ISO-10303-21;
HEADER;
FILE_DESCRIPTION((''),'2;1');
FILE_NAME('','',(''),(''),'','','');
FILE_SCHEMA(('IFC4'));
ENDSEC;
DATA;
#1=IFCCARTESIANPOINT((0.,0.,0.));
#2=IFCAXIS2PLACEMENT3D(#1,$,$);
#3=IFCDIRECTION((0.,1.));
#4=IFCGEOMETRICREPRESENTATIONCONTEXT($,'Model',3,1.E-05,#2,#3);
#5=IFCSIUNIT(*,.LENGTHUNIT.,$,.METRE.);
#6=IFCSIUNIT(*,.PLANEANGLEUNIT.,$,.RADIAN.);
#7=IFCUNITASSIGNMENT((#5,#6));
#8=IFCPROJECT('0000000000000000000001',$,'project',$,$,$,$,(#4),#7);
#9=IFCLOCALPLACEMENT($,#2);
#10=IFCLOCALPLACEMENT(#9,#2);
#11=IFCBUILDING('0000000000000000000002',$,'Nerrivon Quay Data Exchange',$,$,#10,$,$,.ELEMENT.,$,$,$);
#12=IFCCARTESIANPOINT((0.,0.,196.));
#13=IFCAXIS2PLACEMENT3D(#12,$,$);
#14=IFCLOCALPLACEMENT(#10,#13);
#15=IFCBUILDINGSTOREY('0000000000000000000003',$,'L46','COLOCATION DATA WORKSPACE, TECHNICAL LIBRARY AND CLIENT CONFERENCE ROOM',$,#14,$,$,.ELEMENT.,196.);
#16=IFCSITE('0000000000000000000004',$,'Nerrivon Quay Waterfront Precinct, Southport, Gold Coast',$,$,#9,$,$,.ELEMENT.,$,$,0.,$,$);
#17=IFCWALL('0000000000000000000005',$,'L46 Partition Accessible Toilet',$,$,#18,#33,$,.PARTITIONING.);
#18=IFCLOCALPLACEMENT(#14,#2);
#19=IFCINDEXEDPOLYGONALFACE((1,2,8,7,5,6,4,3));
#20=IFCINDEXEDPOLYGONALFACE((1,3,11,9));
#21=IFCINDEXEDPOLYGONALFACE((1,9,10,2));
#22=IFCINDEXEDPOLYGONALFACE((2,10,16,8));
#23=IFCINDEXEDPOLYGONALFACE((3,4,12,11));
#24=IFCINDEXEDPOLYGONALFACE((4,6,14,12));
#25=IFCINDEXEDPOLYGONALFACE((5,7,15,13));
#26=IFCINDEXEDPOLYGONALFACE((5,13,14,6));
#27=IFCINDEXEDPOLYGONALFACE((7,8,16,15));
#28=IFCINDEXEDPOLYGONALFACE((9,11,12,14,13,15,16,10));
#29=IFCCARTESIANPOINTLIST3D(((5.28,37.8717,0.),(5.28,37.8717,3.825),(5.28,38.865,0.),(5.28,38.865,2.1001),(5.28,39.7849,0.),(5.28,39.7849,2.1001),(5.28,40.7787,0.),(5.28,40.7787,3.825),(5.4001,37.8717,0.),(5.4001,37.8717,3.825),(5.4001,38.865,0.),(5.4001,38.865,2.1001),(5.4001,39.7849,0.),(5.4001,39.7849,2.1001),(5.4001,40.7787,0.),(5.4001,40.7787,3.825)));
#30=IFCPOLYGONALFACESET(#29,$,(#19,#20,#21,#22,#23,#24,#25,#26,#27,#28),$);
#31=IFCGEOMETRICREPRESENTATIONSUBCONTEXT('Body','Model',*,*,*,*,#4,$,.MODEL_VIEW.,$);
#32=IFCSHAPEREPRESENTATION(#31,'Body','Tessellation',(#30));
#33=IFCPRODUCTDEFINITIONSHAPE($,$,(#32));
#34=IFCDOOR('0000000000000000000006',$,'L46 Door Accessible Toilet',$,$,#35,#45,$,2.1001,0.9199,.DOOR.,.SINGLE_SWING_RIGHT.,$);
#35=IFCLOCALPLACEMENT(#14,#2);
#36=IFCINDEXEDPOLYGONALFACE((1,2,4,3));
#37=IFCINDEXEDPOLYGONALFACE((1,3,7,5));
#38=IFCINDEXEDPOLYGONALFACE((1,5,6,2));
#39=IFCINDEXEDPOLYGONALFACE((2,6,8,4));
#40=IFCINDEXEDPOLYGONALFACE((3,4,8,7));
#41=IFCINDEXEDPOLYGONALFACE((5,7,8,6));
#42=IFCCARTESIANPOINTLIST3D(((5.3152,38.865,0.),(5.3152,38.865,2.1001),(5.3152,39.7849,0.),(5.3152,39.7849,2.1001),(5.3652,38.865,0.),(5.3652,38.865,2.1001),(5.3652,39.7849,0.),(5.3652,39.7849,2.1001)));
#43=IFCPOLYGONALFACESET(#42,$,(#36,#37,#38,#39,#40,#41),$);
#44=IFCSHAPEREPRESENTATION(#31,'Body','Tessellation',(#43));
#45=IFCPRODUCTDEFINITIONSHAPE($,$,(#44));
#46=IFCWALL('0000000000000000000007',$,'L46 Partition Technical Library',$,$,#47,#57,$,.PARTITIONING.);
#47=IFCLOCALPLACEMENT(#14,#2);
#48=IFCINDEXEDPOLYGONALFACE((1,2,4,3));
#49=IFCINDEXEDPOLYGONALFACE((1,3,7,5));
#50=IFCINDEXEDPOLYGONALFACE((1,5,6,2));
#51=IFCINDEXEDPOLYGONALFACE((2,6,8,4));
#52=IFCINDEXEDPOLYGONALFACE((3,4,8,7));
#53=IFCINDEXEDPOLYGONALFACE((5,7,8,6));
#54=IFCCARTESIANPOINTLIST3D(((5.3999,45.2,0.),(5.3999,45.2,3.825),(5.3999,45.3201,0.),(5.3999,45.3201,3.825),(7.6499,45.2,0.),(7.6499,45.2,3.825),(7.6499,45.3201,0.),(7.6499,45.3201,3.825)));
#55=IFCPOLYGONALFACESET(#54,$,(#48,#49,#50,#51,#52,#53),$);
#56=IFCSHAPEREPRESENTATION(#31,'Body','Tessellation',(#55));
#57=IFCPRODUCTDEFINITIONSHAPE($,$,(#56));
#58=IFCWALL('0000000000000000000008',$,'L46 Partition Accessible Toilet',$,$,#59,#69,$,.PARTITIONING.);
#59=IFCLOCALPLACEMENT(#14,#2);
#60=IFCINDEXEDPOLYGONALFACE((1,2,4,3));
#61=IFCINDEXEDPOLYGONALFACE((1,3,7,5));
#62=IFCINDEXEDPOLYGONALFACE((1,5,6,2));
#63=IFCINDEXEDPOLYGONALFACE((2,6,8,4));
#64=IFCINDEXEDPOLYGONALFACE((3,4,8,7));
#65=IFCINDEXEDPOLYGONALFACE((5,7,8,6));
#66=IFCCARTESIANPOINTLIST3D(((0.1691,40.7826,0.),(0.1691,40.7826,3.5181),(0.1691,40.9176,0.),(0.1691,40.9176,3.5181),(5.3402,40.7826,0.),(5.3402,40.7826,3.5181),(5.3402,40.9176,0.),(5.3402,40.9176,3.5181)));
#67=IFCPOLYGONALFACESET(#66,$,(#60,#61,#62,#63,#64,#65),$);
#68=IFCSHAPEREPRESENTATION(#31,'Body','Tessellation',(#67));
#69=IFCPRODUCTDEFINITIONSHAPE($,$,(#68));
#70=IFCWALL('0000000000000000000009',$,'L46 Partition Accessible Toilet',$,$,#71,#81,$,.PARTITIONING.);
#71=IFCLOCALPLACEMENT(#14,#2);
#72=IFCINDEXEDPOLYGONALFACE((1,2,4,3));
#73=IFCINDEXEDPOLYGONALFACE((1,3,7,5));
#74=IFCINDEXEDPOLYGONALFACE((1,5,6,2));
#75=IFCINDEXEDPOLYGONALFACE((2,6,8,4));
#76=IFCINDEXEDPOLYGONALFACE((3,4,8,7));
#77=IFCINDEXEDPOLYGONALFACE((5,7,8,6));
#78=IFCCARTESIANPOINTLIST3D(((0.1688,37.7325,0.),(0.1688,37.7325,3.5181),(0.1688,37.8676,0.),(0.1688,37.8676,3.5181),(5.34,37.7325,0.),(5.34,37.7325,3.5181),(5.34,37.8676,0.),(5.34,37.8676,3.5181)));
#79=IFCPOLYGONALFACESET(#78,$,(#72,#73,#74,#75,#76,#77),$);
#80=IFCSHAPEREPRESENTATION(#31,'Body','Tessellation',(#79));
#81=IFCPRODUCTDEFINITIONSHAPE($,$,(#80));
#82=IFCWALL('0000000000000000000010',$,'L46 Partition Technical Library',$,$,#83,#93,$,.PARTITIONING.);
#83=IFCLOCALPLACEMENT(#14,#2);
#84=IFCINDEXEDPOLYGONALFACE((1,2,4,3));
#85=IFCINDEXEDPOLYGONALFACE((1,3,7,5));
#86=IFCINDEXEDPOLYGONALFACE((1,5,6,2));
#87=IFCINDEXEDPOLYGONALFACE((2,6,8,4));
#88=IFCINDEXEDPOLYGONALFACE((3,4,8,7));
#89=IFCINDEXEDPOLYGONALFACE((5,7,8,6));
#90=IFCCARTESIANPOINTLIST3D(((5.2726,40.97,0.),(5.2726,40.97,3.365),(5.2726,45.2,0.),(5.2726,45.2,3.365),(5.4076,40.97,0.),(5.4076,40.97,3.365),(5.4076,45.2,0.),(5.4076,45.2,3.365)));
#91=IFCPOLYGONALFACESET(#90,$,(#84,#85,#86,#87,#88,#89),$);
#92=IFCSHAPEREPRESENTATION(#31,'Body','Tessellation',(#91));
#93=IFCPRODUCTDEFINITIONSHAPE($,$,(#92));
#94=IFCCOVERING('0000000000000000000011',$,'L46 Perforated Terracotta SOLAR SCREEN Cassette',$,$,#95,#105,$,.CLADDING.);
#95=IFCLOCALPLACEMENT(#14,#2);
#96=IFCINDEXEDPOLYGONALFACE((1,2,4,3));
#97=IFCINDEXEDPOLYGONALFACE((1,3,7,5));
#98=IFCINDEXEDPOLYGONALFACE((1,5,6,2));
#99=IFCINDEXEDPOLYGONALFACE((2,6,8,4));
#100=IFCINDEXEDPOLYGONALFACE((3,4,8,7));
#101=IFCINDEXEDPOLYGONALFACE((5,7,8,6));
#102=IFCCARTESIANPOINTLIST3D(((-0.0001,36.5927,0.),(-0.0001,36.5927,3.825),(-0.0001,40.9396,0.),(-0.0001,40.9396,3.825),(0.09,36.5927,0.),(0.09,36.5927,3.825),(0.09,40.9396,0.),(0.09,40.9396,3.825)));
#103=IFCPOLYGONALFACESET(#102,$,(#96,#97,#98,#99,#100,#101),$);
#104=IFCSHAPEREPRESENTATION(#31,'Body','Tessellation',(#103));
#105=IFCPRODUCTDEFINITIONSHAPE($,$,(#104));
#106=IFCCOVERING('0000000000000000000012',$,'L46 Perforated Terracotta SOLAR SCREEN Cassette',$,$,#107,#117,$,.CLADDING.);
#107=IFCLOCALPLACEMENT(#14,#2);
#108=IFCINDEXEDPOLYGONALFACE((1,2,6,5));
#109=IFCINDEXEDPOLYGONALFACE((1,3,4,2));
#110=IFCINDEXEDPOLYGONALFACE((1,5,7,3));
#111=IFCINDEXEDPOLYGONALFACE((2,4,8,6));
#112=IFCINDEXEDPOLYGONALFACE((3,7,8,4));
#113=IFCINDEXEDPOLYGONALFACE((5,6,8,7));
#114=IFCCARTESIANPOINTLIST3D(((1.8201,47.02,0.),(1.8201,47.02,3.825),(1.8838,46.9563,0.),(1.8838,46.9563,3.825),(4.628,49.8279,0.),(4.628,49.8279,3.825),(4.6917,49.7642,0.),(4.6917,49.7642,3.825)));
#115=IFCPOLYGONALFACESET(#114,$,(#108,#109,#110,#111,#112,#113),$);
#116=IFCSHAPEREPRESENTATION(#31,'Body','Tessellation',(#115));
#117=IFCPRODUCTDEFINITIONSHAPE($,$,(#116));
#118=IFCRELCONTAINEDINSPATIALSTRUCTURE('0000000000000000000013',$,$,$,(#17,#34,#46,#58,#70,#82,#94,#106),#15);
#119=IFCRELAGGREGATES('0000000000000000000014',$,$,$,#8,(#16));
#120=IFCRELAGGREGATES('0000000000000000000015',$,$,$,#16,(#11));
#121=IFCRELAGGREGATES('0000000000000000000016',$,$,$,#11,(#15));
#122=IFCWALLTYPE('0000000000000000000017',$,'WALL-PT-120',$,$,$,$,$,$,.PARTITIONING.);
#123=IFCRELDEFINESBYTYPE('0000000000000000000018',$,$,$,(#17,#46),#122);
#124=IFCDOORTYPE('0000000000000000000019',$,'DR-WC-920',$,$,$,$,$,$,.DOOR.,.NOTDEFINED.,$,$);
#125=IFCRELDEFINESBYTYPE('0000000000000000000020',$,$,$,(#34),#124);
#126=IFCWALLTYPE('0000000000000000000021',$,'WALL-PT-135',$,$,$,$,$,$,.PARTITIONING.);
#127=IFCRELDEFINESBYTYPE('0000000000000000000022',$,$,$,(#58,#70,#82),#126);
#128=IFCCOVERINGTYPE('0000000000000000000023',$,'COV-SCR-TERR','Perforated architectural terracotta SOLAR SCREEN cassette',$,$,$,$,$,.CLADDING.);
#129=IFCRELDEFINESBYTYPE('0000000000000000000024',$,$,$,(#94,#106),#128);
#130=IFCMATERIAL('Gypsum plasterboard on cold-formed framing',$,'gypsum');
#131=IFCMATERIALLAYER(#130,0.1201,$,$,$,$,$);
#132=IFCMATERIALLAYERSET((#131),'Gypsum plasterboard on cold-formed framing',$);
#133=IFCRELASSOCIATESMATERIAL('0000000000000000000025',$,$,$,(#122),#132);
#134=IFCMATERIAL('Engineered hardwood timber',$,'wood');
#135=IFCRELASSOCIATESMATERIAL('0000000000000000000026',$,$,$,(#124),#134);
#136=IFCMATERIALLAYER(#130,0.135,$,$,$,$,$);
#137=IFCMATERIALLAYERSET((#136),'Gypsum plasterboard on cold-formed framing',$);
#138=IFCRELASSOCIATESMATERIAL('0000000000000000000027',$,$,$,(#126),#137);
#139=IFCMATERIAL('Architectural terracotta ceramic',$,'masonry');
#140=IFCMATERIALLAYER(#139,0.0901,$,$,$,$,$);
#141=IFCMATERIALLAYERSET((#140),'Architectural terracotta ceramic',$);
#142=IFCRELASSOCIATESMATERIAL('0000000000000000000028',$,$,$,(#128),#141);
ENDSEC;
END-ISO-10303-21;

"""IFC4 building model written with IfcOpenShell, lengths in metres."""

from ifc_helpers import new_model, si_unit, direction, frame, frame_2d, origin, origin_2d, place, context, subcontext, project, spatial, rectangle, extrude, material, layer, layer_set, type_object, element, fill, save


model = new_model("IFC4")

# Units and contexts
model_context = context("Model", 3, precision=1e-05, world=origin(), true_north=direction((0.0, 1.0)))
body_context = subcontext(model_context, "Body", "Model", "MODEL_VIEW")
ifc_project = project(units=[si_unit("LENGTHUNIT", "METRE"), si_unit("PLANEANGLEUNIT", "RADIAN")], contexts=[model_context])

# Site, building, storey
site_placement = place(None, origin())
site = spatial("IfcSite", under=ifc_project, at=site_placement, Name="Nerrivon Quay Waterfront Precinct, Southport, Gold Coast", CompositionType="ELEMENT", RefElevation=0.0)
building_placement = place(site_placement, origin())
building = spatial("IfcBuilding", under=site, at=building_placement, Name="Nerrivon Quay Data Exchange", CompositionType="ELEMENT")
storey_placement = place(building_placement, frame((0.0, 0.0, 196.0)))
storey = spatial("IfcBuildingStorey", under=building, at=storey_placement, Name="L46", Description="COLOCATION DATA WORKSPACE, TECHNICAL LIBRARY AND CLIENT CONFERENCE ROOM", CompositionType="ELEMENT", Elevation=196.0)

# Wall, opening, door
ifc_material_1 = material(Name="Gypsum plasterboard on cold-formed framing", Category="gypsum")
ifc_layer_1 = layer(ifc_material_1, 0.1201)
ifc_layer_set_1 = layer_set([ifc_layer_1], Name="Gypsum plasterboard on cold-formed framing")
wall_type_1 = type_object("IfcWallType", Name="WALL-PT-120", PredefinedType="PARTITIONING", material=ifc_layer_set_1)
wall_1_placement = place(storey_placement, frame((5.3401, 37.8716, 0.0), z_axis=(0.0, 0.0, 1.0), x_axis=(0.0, 1.0, 0.0)))
wall_1 = element("IfcWall", 1, at=wall_1_placement, inside=storey, type_object=wall_type_1, Name="L46 Partition Accessible Toilet", PredefinedType="PARTITIONING", context=body_context, shape_type="SweptSolid", body=[
    extrude(rectangle(XDim=2.907, YDim=0.1201, at=frame_2d((1.4536, 0.0))), origin(), (0.0, 0.0, 1.0), 3.825),
])
opening_placement = place(wall_1_placement, frame((0.9934, 0.0, 0.0)))
opening = element("IfcOpeningElement", 2, at=opening_placement, cuts=wall_1, PredefinedType="OPENING", context=body_context, shape_type="SweptSolid", body=[
    extrude(rectangle(XDim=0.9199, YDim=2.1001, at=frame_2d((0.46, 1.05))), frame((0.0, 0.0701, 0.0), z_axis=(0.0, -1.0, 0.0), x_axis=(1.0, 0.0, 0.0)), (0.0, 0.0, 1.0), 0.1401),
])
ifc_material_2 = material(Name="Engineered hardwood timber", Category="wood")
door_type = type_object("IfcDoorType", Name="DR-WC-920", OperationType="NOTDEFINED", PredefinedType="DOOR", material=ifc_material_2)
door_placement = place(opening_placement, origin())
door = element("IfcDoor", 3, at=door_placement, inside=storey, type_object=door_type, Name="L46 Door Accessible Toilet", OperationType="SINGLE_SWING_RIGHT", OverallHeight=2.1001, OverallWidth=0.9199, PredefinedType="DOOR", context=body_context, shape_type="SweptSolid", body=[
    extrude(rectangle(XDim=0.9199, YDim=2.1001, at=frame_2d((0.46, 1.05))), frame((0.0, 0.0249, 0.0), z_axis=(0.0, -1.0, 0.0), x_axis=(1.0, 0.0, 0.0)), (0.0, 0.0, 1.0), 0.05),
])
fill(opening, door)

# Walls
wall_2_placement = place(storey_placement, frame((5.3999, 45.26, 0.0), z_axis=(0.0, 0.0, 1.0), x_axis=(1.0, 0.0, 0.0)))
element("IfcWall", 4, at=wall_2_placement, inside=storey, type_object=wall_type_1, Name="L46 Partition Technical Library", PredefinedType="PARTITIONING", context=body_context, shape_type="SweptSolid", body=[
    extrude(rectangle(XDim=2.25, YDim=0.1201, at=frame_2d((1.125, 0.0))), origin(), (0.0, 0.0, 1.0), 3.825),
])
ifc_layer_2 = layer(ifc_material_1, 0.135)
ifc_layer_set_2 = layer_set([ifc_layer_2], Name="Gypsum plasterboard on cold-formed framing")
wall_type_2 = type_object("IfcWallType", Name="WALL-PT-135", PredefinedType="PARTITIONING", material=ifc_layer_set_2)
for number, where, z_axis, x_axis, name in (
    (5, (5.3401, 40.8501, 0.0), (0.0, 0.0, 1.0), (-1.0, 0.0, 0.0), "L46 Partition Accessible Toilet"),
    (6, (0.1689, 37.8, 0.0), (0.0, 0.0, 1.0), (1.0, 0.0, 0.0), "L46 Partition Accessible Toilet"),
):
    element("IfcWall", number, at=place(storey_placement, frame(where, z_axis=z_axis, x_axis=x_axis)), inside=storey, type_object=wall_type_2, Name=name, PredefinedType="PARTITIONING", context=body_context, shape_type="SweptSolid", body=[
        extrude(rectangle(XDim=5.1711, YDim=0.135, at=frame_2d((2.5854, 0.0))), origin(), (0.0, 0.0, 1.0), 3.5181),
    ])
wall_3_placement = place(storey_placement, frame((5.3401, 40.97, 0.0), z_axis=(0.0, 0.0, 1.0), x_axis=(0.0, 1.0, 0.0)))
element("IfcWall", 7, at=wall_3_placement, inside=storey, type_object=wall_type_2, Name="L46 Partition Technical Library", PredefinedType="PARTITIONING", context=body_context, shape_type="SweptSolid", body=[
    extrude(rectangle(XDim=4.23, YDim=0.135, at=frame_2d((2.115, 0.0))), origin(), (0.0, 0.0, 1.0), 3.365),
])

# Coverings
ifc_material_3 = material(Name="Architectural terracotta ceramic", Category="masonry")
ifc_layer_3 = layer(ifc_material_3, 0.0901)
ifc_layer_set_3 = layer_set([ifc_layer_3], Name="Architectural terracotta ceramic")
covering_type = type_object("IfcCoveringType", Name="COV-SCR-TERR", Description="Perforated architectural terracotta SOLAR SCREEN cassette", PredefinedType="CLADDING", material=ifc_layer_set_3)
covering_1_placement = place(storey_placement, frame((0.0449, 38.7661, 0.0), z_axis=(0.0, 0.0, 1.0), x_axis=(0.0, 1.0, 0.0)))
element("IfcCovering", 8, at=covering_1_placement, inside=storey, type_object=covering_type, Name="L46 Perforated Terracotta SOLAR SCREEN Cassette", PredefinedType="CLADDING", context=body_context, shape_type="SweptSolid", body=[
    extrude(rectangle(XDim=4.3469, YDim=0.0901, at=origin_2d()), origin(), (0.0, 0.0, 1.0), 3.825),
])
covering_2_placement = place(storey_placement, frame((3.2559, 48.3921, 0.0), z_axis=(0.0, 0.0, 1.0), x_axis=(0.707107, 0.707107, 0.0)))
element("IfcCovering", 9, at=covering_2_placement, inside=storey, type_object=covering_type, Name="L46 Perforated Terracotta SOLAR SCREEN Cassette", PredefinedType="CLADDING", context=body_context, shape_type="SweptSolid", body=[
    extrude(rectangle(XDim=3.9709, YDim=0.0901, at=origin_2d()), origin(), (0.0, 0.0, 1.0), 3.825),
])

save(model, "model.ifc")
